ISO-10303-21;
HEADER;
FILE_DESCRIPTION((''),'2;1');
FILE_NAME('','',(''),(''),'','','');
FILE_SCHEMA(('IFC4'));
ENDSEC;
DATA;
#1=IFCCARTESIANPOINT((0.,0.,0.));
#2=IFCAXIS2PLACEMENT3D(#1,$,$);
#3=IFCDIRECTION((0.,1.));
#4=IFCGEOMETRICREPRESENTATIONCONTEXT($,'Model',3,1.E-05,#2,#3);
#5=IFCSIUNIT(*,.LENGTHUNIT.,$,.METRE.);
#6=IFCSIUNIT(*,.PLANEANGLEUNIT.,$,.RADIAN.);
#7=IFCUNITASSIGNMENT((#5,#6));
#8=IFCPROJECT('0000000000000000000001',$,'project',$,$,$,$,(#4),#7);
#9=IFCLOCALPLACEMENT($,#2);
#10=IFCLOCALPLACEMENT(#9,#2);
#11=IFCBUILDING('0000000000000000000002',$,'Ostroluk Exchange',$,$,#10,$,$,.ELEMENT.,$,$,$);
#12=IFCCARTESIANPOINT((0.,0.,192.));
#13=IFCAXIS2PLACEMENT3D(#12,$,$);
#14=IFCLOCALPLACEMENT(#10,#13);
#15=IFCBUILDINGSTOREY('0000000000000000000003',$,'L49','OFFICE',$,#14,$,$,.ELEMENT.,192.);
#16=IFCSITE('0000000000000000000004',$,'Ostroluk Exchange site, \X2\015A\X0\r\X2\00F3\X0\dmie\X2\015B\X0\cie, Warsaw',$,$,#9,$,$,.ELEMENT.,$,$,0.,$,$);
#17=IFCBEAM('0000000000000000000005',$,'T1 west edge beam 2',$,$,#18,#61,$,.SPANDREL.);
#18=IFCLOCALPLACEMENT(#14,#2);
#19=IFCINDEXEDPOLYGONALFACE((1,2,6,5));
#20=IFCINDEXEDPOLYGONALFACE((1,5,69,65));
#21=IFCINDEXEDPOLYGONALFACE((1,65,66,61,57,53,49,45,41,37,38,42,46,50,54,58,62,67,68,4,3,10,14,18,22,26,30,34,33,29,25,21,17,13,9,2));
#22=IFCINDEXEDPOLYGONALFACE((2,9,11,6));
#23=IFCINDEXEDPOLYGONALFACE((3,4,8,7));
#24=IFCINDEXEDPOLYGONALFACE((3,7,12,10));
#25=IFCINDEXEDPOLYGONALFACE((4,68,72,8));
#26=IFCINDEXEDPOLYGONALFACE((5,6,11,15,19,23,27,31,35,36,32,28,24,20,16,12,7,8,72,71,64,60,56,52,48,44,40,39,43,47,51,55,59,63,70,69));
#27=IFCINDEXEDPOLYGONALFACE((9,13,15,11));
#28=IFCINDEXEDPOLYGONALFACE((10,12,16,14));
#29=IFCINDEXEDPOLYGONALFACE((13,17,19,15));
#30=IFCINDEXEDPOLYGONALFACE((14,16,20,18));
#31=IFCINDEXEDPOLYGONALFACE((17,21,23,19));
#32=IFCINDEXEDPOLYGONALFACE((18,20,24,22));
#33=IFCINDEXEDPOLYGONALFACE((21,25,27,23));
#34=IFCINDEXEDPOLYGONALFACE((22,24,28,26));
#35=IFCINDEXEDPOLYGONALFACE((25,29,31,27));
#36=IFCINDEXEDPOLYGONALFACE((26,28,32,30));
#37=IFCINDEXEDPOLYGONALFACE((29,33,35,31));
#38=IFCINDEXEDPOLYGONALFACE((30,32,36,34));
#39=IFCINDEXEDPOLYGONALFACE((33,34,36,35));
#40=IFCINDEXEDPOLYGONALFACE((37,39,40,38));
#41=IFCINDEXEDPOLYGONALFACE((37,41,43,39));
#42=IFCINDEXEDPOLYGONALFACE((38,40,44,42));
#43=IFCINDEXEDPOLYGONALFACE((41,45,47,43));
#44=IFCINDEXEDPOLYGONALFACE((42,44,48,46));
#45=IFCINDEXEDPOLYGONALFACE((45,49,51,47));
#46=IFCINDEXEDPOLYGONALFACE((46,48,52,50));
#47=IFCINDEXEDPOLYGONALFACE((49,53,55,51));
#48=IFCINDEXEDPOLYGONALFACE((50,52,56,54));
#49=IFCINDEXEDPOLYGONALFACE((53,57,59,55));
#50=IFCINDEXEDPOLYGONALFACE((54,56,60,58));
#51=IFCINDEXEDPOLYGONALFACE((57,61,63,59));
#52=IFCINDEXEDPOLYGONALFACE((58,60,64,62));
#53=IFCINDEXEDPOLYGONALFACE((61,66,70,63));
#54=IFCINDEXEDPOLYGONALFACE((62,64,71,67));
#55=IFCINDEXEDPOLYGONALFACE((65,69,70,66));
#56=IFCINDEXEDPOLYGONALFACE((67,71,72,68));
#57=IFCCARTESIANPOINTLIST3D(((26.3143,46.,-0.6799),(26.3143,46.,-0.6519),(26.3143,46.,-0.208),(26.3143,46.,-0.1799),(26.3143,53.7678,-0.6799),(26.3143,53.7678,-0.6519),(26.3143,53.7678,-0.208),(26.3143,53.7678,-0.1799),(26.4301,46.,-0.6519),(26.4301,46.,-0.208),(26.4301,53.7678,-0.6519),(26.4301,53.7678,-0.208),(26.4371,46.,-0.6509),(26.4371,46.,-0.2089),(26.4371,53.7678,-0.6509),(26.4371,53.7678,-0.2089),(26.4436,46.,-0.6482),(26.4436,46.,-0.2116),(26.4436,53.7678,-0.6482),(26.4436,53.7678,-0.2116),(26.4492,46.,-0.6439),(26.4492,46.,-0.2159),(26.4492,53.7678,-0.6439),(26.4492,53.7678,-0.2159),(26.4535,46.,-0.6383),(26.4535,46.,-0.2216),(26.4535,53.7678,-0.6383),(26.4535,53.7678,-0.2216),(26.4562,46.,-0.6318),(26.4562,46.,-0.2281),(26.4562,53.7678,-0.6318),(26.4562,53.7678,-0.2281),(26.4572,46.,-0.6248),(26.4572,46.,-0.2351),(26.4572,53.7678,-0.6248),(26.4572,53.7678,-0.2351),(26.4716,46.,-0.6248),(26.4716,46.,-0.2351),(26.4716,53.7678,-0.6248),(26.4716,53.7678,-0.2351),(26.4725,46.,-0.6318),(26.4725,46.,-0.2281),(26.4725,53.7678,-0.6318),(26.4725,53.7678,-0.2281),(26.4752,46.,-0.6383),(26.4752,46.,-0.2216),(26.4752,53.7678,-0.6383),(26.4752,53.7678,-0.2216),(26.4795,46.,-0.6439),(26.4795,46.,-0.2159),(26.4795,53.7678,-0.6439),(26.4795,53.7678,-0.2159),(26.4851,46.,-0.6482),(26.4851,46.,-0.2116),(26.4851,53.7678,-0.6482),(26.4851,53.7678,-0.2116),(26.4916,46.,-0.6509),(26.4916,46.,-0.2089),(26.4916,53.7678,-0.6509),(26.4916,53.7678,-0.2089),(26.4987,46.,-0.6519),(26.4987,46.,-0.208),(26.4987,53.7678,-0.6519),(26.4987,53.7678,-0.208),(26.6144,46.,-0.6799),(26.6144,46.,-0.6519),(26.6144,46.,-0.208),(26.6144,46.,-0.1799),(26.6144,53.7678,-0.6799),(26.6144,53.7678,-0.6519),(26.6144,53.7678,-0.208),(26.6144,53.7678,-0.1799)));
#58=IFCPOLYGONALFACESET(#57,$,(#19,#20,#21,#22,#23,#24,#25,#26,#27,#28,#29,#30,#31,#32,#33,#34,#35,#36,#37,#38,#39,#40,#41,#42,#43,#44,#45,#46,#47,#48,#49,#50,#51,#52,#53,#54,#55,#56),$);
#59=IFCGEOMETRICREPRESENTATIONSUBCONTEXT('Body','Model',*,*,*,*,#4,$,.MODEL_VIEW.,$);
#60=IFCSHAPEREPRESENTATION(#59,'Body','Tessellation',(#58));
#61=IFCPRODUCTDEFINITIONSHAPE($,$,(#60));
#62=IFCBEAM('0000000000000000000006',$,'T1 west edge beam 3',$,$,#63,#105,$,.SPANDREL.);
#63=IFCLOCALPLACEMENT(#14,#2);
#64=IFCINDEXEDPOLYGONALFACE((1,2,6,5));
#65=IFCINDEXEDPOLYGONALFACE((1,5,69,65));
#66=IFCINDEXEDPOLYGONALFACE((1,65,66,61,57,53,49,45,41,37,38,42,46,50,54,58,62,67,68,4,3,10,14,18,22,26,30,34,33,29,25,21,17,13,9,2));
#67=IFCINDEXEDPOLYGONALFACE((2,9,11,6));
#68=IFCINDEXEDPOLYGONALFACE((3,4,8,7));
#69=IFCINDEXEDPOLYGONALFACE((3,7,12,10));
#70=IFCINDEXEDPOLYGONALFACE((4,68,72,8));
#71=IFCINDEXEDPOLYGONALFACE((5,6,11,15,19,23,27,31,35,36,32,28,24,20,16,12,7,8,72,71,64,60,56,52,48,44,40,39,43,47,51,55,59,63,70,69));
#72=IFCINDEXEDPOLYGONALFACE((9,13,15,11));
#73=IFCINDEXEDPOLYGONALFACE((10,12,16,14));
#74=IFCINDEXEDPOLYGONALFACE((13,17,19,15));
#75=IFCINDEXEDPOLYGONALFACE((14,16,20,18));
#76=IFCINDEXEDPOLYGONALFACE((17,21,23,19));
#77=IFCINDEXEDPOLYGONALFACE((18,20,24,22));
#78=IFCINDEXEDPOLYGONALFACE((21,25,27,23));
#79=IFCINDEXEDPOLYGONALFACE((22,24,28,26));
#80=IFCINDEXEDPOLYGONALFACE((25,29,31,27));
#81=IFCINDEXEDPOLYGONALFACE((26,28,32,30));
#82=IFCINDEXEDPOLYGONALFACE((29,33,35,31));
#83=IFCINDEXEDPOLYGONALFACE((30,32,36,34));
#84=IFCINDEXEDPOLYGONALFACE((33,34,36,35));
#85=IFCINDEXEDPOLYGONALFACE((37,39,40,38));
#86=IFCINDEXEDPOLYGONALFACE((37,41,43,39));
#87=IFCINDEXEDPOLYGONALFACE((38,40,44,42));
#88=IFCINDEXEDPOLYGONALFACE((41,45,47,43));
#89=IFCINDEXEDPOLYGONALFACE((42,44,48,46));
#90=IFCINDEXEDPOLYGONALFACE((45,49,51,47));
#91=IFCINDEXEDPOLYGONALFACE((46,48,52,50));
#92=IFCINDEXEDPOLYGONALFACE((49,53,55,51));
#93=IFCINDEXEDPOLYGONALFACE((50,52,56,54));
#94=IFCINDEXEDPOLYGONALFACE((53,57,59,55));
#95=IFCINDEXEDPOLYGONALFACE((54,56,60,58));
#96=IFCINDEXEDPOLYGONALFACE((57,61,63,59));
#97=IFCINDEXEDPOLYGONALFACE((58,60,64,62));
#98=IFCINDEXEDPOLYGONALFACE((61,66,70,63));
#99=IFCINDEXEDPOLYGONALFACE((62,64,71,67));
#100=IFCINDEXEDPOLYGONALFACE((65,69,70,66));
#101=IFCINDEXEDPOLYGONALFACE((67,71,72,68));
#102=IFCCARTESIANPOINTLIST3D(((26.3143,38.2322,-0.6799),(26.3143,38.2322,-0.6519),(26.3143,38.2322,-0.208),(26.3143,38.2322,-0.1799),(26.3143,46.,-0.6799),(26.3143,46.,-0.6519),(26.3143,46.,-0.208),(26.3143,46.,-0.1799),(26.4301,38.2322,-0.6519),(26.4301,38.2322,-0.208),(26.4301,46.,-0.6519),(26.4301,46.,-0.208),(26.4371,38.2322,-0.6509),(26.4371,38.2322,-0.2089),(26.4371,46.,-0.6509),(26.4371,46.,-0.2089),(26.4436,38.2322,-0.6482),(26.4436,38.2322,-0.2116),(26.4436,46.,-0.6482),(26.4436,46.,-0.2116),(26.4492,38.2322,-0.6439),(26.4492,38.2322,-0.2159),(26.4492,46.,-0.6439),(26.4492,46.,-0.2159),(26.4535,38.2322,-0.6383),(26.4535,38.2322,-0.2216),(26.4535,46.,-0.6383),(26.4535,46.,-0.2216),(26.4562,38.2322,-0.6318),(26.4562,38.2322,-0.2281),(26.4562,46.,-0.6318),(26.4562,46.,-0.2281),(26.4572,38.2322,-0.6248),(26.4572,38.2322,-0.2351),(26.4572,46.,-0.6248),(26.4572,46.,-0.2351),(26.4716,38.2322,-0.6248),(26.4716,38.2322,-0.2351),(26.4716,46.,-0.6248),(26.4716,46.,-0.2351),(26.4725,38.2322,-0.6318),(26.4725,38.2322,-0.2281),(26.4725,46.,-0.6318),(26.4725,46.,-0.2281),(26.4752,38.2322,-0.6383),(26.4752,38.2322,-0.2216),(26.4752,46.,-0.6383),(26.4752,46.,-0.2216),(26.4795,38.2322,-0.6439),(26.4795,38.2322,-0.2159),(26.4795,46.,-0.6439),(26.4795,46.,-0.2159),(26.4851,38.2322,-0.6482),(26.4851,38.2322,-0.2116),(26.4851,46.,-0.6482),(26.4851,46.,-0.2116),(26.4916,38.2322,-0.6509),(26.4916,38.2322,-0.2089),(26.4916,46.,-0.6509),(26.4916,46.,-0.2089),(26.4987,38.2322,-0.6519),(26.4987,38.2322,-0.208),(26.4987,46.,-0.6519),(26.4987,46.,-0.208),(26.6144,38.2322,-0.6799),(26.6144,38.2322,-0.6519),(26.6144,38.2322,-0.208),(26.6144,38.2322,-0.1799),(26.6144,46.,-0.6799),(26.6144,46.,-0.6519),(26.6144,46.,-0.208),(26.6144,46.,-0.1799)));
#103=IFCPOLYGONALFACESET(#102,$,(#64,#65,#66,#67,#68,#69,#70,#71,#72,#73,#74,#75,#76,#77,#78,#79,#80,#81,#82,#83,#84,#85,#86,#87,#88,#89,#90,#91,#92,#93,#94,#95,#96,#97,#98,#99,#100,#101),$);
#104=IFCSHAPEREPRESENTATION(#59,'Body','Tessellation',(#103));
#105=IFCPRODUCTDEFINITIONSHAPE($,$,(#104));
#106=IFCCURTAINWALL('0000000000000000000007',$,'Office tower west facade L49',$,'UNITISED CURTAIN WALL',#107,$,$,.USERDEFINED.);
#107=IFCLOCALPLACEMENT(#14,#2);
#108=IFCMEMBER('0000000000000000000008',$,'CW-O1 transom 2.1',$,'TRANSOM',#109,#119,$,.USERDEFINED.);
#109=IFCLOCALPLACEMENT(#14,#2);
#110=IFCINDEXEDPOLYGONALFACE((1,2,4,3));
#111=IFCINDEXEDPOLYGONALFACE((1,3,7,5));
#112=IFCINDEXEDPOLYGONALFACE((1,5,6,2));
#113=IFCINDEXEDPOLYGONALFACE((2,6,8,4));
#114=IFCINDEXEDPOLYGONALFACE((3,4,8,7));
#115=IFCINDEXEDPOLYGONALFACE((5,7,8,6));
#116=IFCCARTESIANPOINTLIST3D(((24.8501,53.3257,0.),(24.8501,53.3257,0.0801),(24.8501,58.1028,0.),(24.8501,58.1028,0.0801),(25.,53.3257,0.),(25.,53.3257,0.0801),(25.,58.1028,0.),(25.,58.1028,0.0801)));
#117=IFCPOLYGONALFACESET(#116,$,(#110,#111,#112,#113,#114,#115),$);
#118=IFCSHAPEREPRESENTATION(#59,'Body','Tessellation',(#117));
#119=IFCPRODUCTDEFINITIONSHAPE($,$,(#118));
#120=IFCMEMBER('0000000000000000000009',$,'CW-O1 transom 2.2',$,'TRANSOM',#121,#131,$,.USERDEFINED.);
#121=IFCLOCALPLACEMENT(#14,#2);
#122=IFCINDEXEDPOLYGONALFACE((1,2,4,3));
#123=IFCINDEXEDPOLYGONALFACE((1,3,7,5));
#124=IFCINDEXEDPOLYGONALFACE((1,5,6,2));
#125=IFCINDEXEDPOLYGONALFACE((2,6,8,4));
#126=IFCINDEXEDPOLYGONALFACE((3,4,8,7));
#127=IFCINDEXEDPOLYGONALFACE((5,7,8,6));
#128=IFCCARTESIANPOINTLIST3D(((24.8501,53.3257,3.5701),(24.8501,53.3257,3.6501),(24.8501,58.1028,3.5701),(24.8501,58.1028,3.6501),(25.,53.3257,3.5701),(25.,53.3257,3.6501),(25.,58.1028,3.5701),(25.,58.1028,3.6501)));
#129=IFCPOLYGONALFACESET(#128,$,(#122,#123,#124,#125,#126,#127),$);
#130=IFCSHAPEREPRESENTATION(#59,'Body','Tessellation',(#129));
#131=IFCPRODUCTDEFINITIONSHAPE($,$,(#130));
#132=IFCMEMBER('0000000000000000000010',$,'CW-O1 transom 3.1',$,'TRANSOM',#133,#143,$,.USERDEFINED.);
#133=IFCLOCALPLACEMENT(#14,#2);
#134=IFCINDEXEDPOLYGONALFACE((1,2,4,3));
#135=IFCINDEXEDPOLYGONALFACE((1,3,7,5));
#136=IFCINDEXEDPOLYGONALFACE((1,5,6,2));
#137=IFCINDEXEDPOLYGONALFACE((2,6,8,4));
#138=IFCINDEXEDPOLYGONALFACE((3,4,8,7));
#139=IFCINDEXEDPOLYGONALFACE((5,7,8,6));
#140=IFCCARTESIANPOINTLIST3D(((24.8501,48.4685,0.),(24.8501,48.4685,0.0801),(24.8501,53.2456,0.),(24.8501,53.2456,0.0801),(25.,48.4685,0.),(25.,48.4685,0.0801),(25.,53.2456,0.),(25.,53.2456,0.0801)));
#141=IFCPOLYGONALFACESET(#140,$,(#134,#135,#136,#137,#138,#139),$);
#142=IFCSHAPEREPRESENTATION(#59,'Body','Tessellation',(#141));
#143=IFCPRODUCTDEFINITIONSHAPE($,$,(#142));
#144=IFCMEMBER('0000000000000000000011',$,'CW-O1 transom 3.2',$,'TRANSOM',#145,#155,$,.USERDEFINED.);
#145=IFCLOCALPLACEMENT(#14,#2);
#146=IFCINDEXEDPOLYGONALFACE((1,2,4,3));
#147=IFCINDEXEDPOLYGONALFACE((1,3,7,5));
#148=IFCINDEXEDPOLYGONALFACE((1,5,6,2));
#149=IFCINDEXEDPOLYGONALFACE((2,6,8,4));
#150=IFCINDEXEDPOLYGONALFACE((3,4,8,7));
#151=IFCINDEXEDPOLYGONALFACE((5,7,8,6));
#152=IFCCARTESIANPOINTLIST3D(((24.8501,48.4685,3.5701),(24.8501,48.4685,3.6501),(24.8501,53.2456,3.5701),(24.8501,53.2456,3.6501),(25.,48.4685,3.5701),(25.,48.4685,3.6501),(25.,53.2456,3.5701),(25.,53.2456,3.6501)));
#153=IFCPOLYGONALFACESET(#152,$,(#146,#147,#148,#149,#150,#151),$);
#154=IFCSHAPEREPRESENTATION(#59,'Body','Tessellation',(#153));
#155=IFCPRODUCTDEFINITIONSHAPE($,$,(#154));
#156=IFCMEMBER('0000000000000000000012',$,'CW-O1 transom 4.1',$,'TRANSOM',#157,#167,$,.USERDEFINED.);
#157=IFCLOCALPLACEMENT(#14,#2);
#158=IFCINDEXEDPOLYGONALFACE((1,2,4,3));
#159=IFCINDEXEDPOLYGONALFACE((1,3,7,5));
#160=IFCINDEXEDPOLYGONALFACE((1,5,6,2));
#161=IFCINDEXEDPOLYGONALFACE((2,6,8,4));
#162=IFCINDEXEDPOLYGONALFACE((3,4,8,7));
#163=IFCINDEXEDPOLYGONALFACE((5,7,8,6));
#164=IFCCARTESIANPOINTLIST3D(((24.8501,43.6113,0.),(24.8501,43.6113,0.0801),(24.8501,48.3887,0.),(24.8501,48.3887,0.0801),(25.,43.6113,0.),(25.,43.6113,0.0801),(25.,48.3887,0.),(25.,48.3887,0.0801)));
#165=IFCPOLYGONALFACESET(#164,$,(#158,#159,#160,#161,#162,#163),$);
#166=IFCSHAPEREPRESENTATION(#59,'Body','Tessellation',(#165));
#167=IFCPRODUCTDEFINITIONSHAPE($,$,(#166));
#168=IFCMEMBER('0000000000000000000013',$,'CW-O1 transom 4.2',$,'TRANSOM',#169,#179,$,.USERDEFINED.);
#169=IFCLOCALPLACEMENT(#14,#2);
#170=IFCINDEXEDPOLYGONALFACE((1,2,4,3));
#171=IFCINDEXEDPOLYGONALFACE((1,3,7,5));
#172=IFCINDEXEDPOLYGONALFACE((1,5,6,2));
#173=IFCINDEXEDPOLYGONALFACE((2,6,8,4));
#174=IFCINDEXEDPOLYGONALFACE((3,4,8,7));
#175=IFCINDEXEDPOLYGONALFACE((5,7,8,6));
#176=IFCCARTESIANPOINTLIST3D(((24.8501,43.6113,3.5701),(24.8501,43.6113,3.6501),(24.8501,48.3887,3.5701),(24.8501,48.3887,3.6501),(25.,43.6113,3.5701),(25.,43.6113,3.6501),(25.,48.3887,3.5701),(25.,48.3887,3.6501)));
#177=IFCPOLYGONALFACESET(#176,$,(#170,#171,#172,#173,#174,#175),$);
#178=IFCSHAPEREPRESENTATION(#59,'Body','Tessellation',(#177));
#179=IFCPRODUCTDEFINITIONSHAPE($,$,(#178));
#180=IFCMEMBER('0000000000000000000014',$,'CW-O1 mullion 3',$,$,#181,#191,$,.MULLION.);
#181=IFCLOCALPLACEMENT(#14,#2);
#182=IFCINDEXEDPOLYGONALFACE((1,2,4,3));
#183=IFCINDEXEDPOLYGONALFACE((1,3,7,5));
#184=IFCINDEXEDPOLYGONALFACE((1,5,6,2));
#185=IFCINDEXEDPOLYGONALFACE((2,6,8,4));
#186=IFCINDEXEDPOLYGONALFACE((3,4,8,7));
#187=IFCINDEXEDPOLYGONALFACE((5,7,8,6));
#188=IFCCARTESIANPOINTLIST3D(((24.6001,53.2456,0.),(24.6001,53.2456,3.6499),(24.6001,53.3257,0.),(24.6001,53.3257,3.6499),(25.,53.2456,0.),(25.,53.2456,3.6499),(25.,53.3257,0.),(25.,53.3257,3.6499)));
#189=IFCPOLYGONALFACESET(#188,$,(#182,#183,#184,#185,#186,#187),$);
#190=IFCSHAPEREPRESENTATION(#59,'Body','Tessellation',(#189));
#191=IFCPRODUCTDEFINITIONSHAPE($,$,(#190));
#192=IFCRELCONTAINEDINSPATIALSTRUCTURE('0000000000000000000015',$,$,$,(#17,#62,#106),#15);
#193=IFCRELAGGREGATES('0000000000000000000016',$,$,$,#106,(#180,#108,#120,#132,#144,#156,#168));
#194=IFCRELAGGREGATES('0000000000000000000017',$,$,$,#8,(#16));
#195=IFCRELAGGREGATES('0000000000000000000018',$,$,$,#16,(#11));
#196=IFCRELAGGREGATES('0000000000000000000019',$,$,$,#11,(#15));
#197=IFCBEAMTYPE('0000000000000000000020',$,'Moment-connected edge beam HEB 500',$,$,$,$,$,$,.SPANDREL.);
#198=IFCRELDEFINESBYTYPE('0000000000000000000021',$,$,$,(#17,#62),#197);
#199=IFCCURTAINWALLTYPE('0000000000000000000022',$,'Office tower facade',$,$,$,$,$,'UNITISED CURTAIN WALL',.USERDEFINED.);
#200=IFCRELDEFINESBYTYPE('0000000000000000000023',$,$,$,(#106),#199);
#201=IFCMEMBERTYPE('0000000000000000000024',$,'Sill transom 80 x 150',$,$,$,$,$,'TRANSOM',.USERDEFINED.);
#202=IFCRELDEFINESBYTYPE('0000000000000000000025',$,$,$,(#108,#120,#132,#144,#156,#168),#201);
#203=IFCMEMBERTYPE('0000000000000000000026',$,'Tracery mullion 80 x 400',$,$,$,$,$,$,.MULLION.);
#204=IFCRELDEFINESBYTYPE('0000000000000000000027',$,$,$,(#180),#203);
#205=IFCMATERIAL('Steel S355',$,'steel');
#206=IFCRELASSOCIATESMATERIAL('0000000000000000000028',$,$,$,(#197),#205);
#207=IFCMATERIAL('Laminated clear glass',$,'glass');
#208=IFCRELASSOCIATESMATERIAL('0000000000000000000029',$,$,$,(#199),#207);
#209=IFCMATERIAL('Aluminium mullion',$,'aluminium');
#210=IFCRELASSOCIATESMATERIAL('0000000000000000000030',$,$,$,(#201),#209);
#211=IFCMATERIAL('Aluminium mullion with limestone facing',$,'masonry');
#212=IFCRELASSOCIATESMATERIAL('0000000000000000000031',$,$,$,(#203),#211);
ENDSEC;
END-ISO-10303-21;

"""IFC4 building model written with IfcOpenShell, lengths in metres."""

from ifc_helpers import new_model, si_unit, direction, frame, origin, origin_2d, place, context, subcontext, project, spatial, rectangle, i_section, extrude, material, material_profile, profile_set, type_object, element, aggregate, save


model = new_model("IFC4")

# Units and contexts
model_context = context("Model", 3, precision=1e-05, world=origin(), true_north=direction((0.0, 1.0)))
body_context = subcontext(model_context, "Body", "Model", "MODEL_VIEW")
ifc_project = project(units=[si_unit("LENGTHUNIT", "METRE"), si_unit("PLANEANGLEUNIT", "RADIAN")], contexts=[model_context])

# Site, building, storey
site_placement = place(None, origin())
site = spatial("IfcSite", under=ifc_project, at=site_placement, Name="Ostroluk Exchange site, Śródmieście, Warsaw", CompositionType="ELEMENT", RefElevation=0.0)
building_placement = place(site_placement, origin())
building = spatial("IfcBuilding", under=site, at=building_placement, Name="Ostroluk Exchange", CompositionType="ELEMENT")
storey_placement = place(building_placement, frame((0.0, 0.0, 192.0)))
storey = spatial("IfcBuildingStorey", under=building, at=storey_placement, Name="L49", Description="OFFICE", CompositionType="ELEMENT", Elevation=192.0)

# Beams
ifc_material_1 = material(Name="Steel S355", Category="steel")
ifc_material_profile_1 = material_profile(ifc_material_1, i_section(OverallWidth=0.3, OverallDepth=0.5, WebThickness=0.0144, FlangeThickness=0.0281, FilletRadius=0.0271, at=origin_2d()), Name="HEB 500")
ifc_profile_set_1 = profile_set([ifc_material_profile_1], Name="Steel S355")
beam_type_1 = type_object("IfcBeamType", Name="Moment-connected edge beam HEB 500", PredefinedType="SPANDREL", material=ifc_profile_set_1)
for number, where, z_axis, x_axis, name in (
    (1, (26.4644, 53.7678, -0.4299), (0.0, -1.0, 0.0), (1.0, 0.0, 0.0), "T1 west edge beam 2"),
    (2, (26.4644, 46.0, -0.4299), (0.0, -1.0, 0.0), (1.0, 0.0, 0.0), "T1 west edge beam 3"),
):
    element("IfcBeam", number, at=place(storey_placement, frame(where, z_axis=z_axis, x_axis=x_axis)), inside=storey, type_object=beam_type_1, Name=name, PredefinedType="SPANDREL", context=body_context, shape_type="SweptSolid", body=[
        extrude(i_section(OverallWidth=0.3, OverallDepth=0.5, WebThickness=0.0144, FlangeThickness=0.0281, FilletRadius=0.0271, at=origin_2d()), origin(), (0.0, 0.0, 1.0), 7.7678),
    ])

# Curtain wall, members
ifc_material_2 = material(Name="Laminated clear glass", Category="glass")
curtain_wall_type = type_object("IfcCurtainWallType", Name="Office tower facade", ElementType="UNITISED CURTAIN WALL", PredefinedType="USERDEFINED", material=ifc_material_2)
curtain_wall_placement = place(storey_placement, origin())
curtain_wall = element("IfcCurtainWall", 3, at=curtain_wall_placement, inside=storey, type_object=curtain_wall_type, Name="Office tower west facade L49", ObjectType="UNITISED CURTAIN WALL", PredefinedType="USERDEFINED")
ifc_material_3 = material(Name="Aluminium mullion", Category="aluminium")
ifc_material_profile_2 = material_profile(ifc_material_3, rectangle(XDim=0.1499, YDim=0.0801, at=origin_2d()), Name="Sill transom 80 x 150")
ifc_profile_set_2 = profile_set([ifc_material_profile_2], Name="Aluminium mullion")
member_type_1 = type_object("IfcMemberType", Name="Sill transom 80 x 150", ElementType="TRANSOM", PredefinedType="USERDEFINED", material=ifc_profile_set_2)
member_1_placement = place(storey_placement, frame((24.925, 58.1028, 0.04), z_axis=(0.0, -1.0, 0.0), x_axis=(1.0, 0.0, 0.0)))
member_1 = element("IfcMember", 4, at=member_1_placement, type_object=member_type_1, Name="CW-O1 transom 2.1", ObjectType="TRANSOM", PredefinedType="USERDEFINED", context=body_context, shape_type="SweptSolid", body=[
    extrude(rectangle(XDim=0.1499, YDim=0.0801, at=origin_2d()), origin(), (0.0, 0.0, 1.0), 4.7771),
])
member_2_placement = place(storey_placement, frame((24.925, 58.1028, 3.6101), z_axis=(0.0, -1.0, 0.0), x_axis=(1.0, 0.0, 0.0)))
member_2 = element("IfcMember", 5, at=member_2_placement, type_object=member_type_1, Name="CW-O1 transom 2.2", ObjectType="TRANSOM", PredefinedType="USERDEFINED", context=body_context, shape_type="SweptSolid", body=[
    extrude(rectangle(XDim=0.1499, YDim=0.0801, at=origin_2d()), origin(), (0.0, 0.0, 1.0), 4.7771),
])
member_3_placement = place(storey_placement, frame((24.925, 53.2456, 0.04), z_axis=(0.0, -1.0, 0.0), x_axis=(1.0, 0.0, 0.0)))
member_3 = element("IfcMember", 6, at=member_3_placement, type_object=member_type_1, Name="CW-O1 transom 3.1", ObjectType="TRANSOM", PredefinedType="USERDEFINED", context=body_context, shape_type="SweptSolid", body=[
    extrude(rectangle(XDim=0.1499, YDim=0.0801, at=origin_2d()), origin(), (0.0, 0.0, 1.0), 4.7771),
])
member_4_placement = place(storey_placement, frame((24.925, 53.2456, 3.6101), z_axis=(0.0, -1.0, 0.0), x_axis=(1.0, 0.0, 0.0)))
member_4 = element("IfcMember", 7, at=member_4_placement, type_object=member_type_1, Name="CW-O1 transom 3.2", ObjectType="TRANSOM", PredefinedType="USERDEFINED", context=body_context, shape_type="SweptSolid", body=[
    extrude(rectangle(XDim=0.1499, YDim=0.0801, at=origin_2d()), origin(), (0.0, 0.0, 1.0), 4.7771),
])
member_5_placement = place(storey_placement, frame((24.925, 48.3887, 0.04), z_axis=(0.0, -1.0, 0.0), x_axis=(1.0, 0.0, 0.0)))
member_5 = element("IfcMember", 8, at=member_5_placement, type_object=member_type_1, Name="CW-O1 transom 4.1", ObjectType="TRANSOM", PredefinedType="USERDEFINED", context=body_context, shape_type="SweptSolid", body=[
    extrude(rectangle(XDim=0.1499, YDim=0.0801, at=origin_2d()), origin(), (0.0, 0.0, 1.0), 4.7773),
])
member_6_placement = place(storey_placement, frame((24.925, 48.3887, 3.6101), z_axis=(0.0, -1.0, 0.0), x_axis=(1.0, 0.0, 0.0)))
member_6 = element("IfcMember", 9, at=member_6_placement, type_object=member_type_1, Name="CW-O1 transom 4.2", ObjectType="TRANSOM", PredefinedType="USERDEFINED", context=body_context, shape_type="SweptSolid", body=[
    extrude(rectangle(XDim=0.1499, YDim=0.0801, at=origin_2d()), origin(), (0.0, 0.0, 1.0), 4.7773),
])
ifc_material_4 = material(Name="Aluminium mullion with limestone facing", Category="masonry")
ifc_material_profile_3 = material_profile(ifc_material_4, rectangle(XDim=0.3999, YDim=0.0801, at=origin_2d()), Name="Tracery mullion 80 x 400")
ifc_profile_set_3 = profile_set([ifc_material_profile_3], Name="Aluminium mullion with limestone facing")
member_type_2 = type_object("IfcMemberType", Name="Tracery mullion 80 x 400", PredefinedType="MULLION", material=ifc_profile_set_3)
member_7_placement = place(storey_placement, frame((24.8, 53.2856, 0.0), z_axis=(0.0, 0.0, 1.0), x_axis=(1.0, 0.0, 0.0)))
member_7 = element("IfcMember", 10, at=member_7_placement, type_object=member_type_2, Name="CW-O1 mullion 3", PredefinedType="MULLION", context=body_context, shape_type="SweptSolid", body=[
    extrude(rectangle(XDim=0.3999, YDim=0.0801, at=origin_2d()), origin(), (0.0, 0.0, 1.0), 3.6499),
])
aggregate(curtain_wall, [member_7, member_1, member_2, member_3, member_4, member_5, member_6])

save(model, "model.ifc")
